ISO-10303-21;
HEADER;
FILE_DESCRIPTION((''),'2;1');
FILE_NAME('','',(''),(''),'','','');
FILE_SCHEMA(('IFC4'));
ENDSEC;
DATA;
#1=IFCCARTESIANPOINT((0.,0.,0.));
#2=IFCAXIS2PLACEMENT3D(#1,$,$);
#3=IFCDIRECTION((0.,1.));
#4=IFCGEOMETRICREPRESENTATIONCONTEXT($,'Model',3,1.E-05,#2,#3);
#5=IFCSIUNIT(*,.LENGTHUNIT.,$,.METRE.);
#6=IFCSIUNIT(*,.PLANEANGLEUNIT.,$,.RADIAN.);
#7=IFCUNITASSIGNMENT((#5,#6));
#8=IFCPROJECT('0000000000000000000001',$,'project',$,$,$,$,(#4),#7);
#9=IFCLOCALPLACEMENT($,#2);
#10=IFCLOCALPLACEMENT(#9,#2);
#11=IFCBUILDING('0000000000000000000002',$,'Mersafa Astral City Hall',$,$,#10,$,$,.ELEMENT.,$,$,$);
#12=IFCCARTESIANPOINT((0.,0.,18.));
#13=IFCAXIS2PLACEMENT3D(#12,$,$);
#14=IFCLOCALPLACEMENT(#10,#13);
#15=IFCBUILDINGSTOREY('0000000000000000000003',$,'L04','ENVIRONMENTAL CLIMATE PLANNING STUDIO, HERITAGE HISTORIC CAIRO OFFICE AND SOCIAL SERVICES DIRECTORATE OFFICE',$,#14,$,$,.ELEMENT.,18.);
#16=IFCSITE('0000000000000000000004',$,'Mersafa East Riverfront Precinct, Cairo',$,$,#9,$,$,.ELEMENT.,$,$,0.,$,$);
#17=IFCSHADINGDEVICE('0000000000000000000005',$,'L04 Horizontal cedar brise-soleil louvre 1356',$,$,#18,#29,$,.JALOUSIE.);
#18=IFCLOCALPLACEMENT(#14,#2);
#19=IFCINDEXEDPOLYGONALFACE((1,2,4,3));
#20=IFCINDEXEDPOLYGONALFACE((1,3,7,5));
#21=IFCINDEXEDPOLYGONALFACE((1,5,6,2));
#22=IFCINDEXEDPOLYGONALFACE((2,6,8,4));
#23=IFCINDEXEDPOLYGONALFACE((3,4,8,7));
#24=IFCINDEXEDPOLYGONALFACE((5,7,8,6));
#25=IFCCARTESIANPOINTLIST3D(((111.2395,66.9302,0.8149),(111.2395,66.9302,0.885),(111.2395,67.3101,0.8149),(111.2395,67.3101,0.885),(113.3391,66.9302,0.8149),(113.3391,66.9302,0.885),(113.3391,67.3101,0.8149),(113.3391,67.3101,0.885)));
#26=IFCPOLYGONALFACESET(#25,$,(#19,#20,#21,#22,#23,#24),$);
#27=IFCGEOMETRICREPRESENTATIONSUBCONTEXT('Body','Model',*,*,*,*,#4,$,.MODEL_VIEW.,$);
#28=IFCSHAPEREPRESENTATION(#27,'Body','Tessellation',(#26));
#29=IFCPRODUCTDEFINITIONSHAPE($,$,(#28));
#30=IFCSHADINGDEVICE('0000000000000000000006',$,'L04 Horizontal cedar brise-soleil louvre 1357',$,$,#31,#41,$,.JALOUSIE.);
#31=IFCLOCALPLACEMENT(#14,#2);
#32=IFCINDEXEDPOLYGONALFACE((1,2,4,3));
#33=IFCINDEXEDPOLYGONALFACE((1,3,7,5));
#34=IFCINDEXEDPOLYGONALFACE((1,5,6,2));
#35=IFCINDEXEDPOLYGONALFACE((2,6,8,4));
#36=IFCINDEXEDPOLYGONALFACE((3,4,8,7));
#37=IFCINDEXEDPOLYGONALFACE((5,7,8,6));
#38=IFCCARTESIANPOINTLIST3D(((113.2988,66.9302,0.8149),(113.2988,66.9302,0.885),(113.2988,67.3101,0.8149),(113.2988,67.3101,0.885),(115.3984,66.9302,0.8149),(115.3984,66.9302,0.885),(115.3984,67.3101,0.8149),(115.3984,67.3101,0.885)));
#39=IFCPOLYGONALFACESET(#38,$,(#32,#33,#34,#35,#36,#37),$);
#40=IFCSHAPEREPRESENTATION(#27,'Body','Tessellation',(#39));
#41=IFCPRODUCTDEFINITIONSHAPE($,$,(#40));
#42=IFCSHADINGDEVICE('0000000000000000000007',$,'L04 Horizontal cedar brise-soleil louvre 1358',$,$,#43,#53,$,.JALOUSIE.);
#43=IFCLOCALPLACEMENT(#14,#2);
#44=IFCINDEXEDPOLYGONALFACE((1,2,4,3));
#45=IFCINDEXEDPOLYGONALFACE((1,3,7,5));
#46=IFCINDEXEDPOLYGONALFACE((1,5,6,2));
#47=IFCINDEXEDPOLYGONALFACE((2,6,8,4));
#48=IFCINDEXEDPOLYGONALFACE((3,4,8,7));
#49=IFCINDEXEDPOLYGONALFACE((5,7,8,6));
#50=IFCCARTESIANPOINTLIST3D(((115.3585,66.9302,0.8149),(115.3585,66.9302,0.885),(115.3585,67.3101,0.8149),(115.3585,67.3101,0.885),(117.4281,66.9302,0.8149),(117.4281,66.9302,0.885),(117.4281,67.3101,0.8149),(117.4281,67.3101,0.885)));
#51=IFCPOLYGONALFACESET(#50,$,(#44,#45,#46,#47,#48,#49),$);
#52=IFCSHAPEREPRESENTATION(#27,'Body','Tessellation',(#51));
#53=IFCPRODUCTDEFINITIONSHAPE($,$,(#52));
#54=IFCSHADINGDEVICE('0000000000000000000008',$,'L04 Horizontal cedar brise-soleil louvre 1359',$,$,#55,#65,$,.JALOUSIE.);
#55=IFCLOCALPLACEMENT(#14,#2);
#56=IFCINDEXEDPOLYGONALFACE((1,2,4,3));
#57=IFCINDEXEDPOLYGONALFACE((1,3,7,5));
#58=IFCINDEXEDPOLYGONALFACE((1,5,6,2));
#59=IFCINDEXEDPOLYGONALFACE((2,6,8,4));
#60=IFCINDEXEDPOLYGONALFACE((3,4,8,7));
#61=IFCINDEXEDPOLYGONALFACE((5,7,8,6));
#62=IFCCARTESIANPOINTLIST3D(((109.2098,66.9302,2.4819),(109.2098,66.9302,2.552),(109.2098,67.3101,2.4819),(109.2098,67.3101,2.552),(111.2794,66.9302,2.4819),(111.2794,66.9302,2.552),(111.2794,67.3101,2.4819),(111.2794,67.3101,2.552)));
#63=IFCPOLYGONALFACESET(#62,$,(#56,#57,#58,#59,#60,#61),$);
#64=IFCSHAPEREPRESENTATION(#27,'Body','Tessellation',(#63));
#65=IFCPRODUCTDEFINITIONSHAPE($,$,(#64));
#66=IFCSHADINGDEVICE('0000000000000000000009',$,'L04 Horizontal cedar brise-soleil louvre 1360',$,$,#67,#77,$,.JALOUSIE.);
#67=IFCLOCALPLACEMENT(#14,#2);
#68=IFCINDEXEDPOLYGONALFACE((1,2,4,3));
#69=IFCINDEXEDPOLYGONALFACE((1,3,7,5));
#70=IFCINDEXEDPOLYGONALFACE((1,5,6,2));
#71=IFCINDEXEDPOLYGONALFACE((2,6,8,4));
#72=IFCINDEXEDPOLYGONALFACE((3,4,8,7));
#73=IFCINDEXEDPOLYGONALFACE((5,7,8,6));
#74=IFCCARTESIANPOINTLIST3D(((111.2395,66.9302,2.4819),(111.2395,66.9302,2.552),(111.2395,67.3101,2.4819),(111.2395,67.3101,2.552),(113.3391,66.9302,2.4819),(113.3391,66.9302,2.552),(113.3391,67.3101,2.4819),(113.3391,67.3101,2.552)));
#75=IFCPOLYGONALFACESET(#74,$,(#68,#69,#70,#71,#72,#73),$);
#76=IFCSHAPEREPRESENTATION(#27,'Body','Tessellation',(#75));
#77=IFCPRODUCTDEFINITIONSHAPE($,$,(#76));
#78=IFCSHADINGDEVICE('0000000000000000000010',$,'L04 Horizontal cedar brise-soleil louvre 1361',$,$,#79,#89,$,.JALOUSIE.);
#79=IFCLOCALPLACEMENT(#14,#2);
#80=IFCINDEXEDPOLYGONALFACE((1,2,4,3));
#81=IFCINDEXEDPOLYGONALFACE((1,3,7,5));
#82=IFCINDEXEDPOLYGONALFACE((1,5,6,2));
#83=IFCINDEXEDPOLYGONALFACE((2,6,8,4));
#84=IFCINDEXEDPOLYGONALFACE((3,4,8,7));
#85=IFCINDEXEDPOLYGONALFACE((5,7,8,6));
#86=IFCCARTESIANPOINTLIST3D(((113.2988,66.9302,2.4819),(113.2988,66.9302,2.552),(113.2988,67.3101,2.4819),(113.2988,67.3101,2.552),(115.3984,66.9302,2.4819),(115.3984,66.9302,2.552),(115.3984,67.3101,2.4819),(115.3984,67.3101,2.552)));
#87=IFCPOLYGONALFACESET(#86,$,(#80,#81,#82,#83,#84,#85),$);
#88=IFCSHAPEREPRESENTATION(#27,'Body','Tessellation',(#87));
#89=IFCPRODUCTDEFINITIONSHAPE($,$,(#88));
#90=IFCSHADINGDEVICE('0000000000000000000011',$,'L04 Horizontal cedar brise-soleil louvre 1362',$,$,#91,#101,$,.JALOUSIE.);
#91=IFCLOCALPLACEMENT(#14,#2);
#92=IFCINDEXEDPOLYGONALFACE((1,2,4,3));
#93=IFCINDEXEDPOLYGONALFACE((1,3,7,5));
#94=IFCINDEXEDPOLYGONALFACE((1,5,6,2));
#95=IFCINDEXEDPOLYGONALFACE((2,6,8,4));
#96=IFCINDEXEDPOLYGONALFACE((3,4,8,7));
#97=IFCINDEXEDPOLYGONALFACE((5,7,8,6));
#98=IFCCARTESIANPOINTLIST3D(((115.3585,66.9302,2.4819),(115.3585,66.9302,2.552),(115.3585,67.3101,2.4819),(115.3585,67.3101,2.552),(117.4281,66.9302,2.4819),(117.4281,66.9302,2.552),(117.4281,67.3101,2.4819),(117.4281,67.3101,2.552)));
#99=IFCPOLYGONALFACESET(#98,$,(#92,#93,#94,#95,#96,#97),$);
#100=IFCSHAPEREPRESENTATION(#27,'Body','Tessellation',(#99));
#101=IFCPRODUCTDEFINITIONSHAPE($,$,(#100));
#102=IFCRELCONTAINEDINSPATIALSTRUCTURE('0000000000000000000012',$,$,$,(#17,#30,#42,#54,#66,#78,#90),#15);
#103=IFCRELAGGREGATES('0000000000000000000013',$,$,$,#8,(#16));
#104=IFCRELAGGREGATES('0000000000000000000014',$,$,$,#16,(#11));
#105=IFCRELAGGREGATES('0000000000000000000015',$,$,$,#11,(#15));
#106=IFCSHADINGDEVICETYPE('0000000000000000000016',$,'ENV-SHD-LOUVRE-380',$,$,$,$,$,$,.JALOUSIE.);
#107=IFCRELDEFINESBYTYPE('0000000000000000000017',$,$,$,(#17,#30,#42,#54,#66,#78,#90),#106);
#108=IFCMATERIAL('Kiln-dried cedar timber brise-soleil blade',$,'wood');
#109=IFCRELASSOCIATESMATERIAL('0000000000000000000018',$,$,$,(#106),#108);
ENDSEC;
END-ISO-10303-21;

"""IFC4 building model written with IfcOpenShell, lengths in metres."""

from ifc_helpers import new_model, si_unit, direction, frame, origin, origin_2d, place, context, subcontext, project, spatial, rectangle, extrude, material, type_object, element, save


model = new_model("IFC4")

# Units and contexts
model_context = context("Model", 3, precision=1e-05, world=origin(), true_north=direction((0.0, 1.0)))
body_context = subcontext(model_context, "Body", "Model", "MODEL_VIEW")
ifc_project = project(units=[si_unit("LENGTHUNIT", "METRE"), si_unit("PLANEANGLEUNIT", "RADIAN")], contexts=[model_context])

# Site, building, storey
site_placement = place(None, origin())
site = spatial("IfcSite", under=ifc_project, at=site_placement, Name="Mersafa East Riverfront Precinct, Cairo", CompositionType="ELEMENT", RefElevation=0.0)
building_placement = place(site_placement, origin())
building = spatial("IfcBuilding", under=site, at=building_placement, Name="Mersafa Astral City Hall", CompositionType="ELEMENT")
storey_placement = place(building_placement, frame((0.0, 0.0, 18.0)))
storey = spatial("IfcBuildingStorey", under=building, at=storey_placement, Name="L04", Description="ENVIRONMENTAL CLIMATE PLANNING STUDIO, HERITAGE HISTORIC CAIRO OFFICE AND SOCIAL SERVICES DIRECTORATE OFFICE", CompositionType="ELEMENT", Elevation=18.0)

# Shading devices
ifc_material_1 = material(Name="Kiln-dried cedar timber brise-soleil blade", Category="wood")
shading_device_type = type_object("IfcShadingDeviceType", Name="ENV-SHD-LOUVRE-380", PredefinedType="JALOUSIE", material=ifc_material_1)
for number, where, z_axis, x_axis, name in (
    (1, (112.2893, 67.1201, 0.8149), (0.0, 0.0, 1.0), (1.0, 0.0, 0.0), "L04 Horizontal cedar brise-soleil louvre 1356"),
    (2, (114.3486, 67.1201, 0.8149), (0.0, 0.0, 1.0), (1.0, 0.0, 0.0), "L04 Horizontal cedar brise-soleil louvre 1357"),
):
    element("IfcShadingDevice", number, at=place(storey_placement, frame(where, z_axis=z_axis, x_axis=x_axis)), inside=storey, type_object=shading_device_type, Name=name, PredefinedType="JALOUSIE", context=body_context, shape_type="SweptSolid", body=[
        extrude(rectangle(XDim=2.0996, YDim=0.3799, at=origin_2d()), origin(), (0.0, 0.0, 1.0), 0.0701),
    ])
for number, where, z_axis, x_axis, name in (
    (3, (116.3933, 67.1201, 0.8149), (0.0, 0.0, 1.0), (1.0, 0.0, 0.0), "L04 Horizontal cedar brise-soleil louvre 1358"),
    (4, (110.2446, 67.1201, 2.4819), (0.0, 0.0, 1.0), (1.0, 0.0, 0.0), "L04 Horizontal cedar brise-soleil louvre 1359"),
):
    element("IfcShadingDevice", number, at=place(storey_placement, frame(where, z_axis=z_axis, x_axis=x_axis)), inside=storey, type_object=shading_device_type, Name=name, PredefinedType="JALOUSIE", context=body_context, shape_type="SweptSolid", body=[
        extrude(rectangle(XDim=2.0696, YDim=0.3799, at=origin_2d()), origin(), (0.0, 0.0, 1.0), 0.0701),
    ])
for number, where, z_axis, x_axis, name in (
    (5, (112.2893, 67.1201, 2.4819), (0.0, 0.0, 1.0), (1.0, 0.0, 0.0), "L04 Horizontal cedar brise-soleil louvre 1360"),
    (6, (114.3486, 67.1201, 2.4819), (0.0, 0.0, 1.0), (1.0, 0.0, 0.0), "L04 Horizontal cedar brise-soleil louvre 1361"),
):
    element("IfcShadingDevice", number, at=place(storey_placement, frame(where, z_axis=z_axis, x_axis=x_axis)), inside=storey, type_object=shading_device_type, Name=name, PredefinedType="JALOUSIE", context=body_context, shape_type="SweptSolid", body=[
        extrude(rectangle(XDim=2.0996, YDim=0.3799, at=origin_2d()), origin(), (0.0, 0.0, 1.0), 0.0701),
    ])
shading_device_1_placement = place(storey_placement, frame((116.3933, 67.1201, 2.4819), z_axis=(0.0, 0.0, 1.0), x_axis=(1.0, 0.0, 0.0)))
element("IfcShadingDevice", 7, at=shading_device_1_placement, inside=storey, type_object=shading_device_type, Name="L04 Horizontal cedar brise-soleil louvre 1362", PredefinedType="JALOUSIE", context=body_context, shape_type="SweptSolid", body=[
    extrude(rectangle(XDim=2.0696, YDim=0.3799, at=origin_2d()), origin(), (0.0, 0.0, 1.0), 0.0701),
])

save(model, "model.ifc")
